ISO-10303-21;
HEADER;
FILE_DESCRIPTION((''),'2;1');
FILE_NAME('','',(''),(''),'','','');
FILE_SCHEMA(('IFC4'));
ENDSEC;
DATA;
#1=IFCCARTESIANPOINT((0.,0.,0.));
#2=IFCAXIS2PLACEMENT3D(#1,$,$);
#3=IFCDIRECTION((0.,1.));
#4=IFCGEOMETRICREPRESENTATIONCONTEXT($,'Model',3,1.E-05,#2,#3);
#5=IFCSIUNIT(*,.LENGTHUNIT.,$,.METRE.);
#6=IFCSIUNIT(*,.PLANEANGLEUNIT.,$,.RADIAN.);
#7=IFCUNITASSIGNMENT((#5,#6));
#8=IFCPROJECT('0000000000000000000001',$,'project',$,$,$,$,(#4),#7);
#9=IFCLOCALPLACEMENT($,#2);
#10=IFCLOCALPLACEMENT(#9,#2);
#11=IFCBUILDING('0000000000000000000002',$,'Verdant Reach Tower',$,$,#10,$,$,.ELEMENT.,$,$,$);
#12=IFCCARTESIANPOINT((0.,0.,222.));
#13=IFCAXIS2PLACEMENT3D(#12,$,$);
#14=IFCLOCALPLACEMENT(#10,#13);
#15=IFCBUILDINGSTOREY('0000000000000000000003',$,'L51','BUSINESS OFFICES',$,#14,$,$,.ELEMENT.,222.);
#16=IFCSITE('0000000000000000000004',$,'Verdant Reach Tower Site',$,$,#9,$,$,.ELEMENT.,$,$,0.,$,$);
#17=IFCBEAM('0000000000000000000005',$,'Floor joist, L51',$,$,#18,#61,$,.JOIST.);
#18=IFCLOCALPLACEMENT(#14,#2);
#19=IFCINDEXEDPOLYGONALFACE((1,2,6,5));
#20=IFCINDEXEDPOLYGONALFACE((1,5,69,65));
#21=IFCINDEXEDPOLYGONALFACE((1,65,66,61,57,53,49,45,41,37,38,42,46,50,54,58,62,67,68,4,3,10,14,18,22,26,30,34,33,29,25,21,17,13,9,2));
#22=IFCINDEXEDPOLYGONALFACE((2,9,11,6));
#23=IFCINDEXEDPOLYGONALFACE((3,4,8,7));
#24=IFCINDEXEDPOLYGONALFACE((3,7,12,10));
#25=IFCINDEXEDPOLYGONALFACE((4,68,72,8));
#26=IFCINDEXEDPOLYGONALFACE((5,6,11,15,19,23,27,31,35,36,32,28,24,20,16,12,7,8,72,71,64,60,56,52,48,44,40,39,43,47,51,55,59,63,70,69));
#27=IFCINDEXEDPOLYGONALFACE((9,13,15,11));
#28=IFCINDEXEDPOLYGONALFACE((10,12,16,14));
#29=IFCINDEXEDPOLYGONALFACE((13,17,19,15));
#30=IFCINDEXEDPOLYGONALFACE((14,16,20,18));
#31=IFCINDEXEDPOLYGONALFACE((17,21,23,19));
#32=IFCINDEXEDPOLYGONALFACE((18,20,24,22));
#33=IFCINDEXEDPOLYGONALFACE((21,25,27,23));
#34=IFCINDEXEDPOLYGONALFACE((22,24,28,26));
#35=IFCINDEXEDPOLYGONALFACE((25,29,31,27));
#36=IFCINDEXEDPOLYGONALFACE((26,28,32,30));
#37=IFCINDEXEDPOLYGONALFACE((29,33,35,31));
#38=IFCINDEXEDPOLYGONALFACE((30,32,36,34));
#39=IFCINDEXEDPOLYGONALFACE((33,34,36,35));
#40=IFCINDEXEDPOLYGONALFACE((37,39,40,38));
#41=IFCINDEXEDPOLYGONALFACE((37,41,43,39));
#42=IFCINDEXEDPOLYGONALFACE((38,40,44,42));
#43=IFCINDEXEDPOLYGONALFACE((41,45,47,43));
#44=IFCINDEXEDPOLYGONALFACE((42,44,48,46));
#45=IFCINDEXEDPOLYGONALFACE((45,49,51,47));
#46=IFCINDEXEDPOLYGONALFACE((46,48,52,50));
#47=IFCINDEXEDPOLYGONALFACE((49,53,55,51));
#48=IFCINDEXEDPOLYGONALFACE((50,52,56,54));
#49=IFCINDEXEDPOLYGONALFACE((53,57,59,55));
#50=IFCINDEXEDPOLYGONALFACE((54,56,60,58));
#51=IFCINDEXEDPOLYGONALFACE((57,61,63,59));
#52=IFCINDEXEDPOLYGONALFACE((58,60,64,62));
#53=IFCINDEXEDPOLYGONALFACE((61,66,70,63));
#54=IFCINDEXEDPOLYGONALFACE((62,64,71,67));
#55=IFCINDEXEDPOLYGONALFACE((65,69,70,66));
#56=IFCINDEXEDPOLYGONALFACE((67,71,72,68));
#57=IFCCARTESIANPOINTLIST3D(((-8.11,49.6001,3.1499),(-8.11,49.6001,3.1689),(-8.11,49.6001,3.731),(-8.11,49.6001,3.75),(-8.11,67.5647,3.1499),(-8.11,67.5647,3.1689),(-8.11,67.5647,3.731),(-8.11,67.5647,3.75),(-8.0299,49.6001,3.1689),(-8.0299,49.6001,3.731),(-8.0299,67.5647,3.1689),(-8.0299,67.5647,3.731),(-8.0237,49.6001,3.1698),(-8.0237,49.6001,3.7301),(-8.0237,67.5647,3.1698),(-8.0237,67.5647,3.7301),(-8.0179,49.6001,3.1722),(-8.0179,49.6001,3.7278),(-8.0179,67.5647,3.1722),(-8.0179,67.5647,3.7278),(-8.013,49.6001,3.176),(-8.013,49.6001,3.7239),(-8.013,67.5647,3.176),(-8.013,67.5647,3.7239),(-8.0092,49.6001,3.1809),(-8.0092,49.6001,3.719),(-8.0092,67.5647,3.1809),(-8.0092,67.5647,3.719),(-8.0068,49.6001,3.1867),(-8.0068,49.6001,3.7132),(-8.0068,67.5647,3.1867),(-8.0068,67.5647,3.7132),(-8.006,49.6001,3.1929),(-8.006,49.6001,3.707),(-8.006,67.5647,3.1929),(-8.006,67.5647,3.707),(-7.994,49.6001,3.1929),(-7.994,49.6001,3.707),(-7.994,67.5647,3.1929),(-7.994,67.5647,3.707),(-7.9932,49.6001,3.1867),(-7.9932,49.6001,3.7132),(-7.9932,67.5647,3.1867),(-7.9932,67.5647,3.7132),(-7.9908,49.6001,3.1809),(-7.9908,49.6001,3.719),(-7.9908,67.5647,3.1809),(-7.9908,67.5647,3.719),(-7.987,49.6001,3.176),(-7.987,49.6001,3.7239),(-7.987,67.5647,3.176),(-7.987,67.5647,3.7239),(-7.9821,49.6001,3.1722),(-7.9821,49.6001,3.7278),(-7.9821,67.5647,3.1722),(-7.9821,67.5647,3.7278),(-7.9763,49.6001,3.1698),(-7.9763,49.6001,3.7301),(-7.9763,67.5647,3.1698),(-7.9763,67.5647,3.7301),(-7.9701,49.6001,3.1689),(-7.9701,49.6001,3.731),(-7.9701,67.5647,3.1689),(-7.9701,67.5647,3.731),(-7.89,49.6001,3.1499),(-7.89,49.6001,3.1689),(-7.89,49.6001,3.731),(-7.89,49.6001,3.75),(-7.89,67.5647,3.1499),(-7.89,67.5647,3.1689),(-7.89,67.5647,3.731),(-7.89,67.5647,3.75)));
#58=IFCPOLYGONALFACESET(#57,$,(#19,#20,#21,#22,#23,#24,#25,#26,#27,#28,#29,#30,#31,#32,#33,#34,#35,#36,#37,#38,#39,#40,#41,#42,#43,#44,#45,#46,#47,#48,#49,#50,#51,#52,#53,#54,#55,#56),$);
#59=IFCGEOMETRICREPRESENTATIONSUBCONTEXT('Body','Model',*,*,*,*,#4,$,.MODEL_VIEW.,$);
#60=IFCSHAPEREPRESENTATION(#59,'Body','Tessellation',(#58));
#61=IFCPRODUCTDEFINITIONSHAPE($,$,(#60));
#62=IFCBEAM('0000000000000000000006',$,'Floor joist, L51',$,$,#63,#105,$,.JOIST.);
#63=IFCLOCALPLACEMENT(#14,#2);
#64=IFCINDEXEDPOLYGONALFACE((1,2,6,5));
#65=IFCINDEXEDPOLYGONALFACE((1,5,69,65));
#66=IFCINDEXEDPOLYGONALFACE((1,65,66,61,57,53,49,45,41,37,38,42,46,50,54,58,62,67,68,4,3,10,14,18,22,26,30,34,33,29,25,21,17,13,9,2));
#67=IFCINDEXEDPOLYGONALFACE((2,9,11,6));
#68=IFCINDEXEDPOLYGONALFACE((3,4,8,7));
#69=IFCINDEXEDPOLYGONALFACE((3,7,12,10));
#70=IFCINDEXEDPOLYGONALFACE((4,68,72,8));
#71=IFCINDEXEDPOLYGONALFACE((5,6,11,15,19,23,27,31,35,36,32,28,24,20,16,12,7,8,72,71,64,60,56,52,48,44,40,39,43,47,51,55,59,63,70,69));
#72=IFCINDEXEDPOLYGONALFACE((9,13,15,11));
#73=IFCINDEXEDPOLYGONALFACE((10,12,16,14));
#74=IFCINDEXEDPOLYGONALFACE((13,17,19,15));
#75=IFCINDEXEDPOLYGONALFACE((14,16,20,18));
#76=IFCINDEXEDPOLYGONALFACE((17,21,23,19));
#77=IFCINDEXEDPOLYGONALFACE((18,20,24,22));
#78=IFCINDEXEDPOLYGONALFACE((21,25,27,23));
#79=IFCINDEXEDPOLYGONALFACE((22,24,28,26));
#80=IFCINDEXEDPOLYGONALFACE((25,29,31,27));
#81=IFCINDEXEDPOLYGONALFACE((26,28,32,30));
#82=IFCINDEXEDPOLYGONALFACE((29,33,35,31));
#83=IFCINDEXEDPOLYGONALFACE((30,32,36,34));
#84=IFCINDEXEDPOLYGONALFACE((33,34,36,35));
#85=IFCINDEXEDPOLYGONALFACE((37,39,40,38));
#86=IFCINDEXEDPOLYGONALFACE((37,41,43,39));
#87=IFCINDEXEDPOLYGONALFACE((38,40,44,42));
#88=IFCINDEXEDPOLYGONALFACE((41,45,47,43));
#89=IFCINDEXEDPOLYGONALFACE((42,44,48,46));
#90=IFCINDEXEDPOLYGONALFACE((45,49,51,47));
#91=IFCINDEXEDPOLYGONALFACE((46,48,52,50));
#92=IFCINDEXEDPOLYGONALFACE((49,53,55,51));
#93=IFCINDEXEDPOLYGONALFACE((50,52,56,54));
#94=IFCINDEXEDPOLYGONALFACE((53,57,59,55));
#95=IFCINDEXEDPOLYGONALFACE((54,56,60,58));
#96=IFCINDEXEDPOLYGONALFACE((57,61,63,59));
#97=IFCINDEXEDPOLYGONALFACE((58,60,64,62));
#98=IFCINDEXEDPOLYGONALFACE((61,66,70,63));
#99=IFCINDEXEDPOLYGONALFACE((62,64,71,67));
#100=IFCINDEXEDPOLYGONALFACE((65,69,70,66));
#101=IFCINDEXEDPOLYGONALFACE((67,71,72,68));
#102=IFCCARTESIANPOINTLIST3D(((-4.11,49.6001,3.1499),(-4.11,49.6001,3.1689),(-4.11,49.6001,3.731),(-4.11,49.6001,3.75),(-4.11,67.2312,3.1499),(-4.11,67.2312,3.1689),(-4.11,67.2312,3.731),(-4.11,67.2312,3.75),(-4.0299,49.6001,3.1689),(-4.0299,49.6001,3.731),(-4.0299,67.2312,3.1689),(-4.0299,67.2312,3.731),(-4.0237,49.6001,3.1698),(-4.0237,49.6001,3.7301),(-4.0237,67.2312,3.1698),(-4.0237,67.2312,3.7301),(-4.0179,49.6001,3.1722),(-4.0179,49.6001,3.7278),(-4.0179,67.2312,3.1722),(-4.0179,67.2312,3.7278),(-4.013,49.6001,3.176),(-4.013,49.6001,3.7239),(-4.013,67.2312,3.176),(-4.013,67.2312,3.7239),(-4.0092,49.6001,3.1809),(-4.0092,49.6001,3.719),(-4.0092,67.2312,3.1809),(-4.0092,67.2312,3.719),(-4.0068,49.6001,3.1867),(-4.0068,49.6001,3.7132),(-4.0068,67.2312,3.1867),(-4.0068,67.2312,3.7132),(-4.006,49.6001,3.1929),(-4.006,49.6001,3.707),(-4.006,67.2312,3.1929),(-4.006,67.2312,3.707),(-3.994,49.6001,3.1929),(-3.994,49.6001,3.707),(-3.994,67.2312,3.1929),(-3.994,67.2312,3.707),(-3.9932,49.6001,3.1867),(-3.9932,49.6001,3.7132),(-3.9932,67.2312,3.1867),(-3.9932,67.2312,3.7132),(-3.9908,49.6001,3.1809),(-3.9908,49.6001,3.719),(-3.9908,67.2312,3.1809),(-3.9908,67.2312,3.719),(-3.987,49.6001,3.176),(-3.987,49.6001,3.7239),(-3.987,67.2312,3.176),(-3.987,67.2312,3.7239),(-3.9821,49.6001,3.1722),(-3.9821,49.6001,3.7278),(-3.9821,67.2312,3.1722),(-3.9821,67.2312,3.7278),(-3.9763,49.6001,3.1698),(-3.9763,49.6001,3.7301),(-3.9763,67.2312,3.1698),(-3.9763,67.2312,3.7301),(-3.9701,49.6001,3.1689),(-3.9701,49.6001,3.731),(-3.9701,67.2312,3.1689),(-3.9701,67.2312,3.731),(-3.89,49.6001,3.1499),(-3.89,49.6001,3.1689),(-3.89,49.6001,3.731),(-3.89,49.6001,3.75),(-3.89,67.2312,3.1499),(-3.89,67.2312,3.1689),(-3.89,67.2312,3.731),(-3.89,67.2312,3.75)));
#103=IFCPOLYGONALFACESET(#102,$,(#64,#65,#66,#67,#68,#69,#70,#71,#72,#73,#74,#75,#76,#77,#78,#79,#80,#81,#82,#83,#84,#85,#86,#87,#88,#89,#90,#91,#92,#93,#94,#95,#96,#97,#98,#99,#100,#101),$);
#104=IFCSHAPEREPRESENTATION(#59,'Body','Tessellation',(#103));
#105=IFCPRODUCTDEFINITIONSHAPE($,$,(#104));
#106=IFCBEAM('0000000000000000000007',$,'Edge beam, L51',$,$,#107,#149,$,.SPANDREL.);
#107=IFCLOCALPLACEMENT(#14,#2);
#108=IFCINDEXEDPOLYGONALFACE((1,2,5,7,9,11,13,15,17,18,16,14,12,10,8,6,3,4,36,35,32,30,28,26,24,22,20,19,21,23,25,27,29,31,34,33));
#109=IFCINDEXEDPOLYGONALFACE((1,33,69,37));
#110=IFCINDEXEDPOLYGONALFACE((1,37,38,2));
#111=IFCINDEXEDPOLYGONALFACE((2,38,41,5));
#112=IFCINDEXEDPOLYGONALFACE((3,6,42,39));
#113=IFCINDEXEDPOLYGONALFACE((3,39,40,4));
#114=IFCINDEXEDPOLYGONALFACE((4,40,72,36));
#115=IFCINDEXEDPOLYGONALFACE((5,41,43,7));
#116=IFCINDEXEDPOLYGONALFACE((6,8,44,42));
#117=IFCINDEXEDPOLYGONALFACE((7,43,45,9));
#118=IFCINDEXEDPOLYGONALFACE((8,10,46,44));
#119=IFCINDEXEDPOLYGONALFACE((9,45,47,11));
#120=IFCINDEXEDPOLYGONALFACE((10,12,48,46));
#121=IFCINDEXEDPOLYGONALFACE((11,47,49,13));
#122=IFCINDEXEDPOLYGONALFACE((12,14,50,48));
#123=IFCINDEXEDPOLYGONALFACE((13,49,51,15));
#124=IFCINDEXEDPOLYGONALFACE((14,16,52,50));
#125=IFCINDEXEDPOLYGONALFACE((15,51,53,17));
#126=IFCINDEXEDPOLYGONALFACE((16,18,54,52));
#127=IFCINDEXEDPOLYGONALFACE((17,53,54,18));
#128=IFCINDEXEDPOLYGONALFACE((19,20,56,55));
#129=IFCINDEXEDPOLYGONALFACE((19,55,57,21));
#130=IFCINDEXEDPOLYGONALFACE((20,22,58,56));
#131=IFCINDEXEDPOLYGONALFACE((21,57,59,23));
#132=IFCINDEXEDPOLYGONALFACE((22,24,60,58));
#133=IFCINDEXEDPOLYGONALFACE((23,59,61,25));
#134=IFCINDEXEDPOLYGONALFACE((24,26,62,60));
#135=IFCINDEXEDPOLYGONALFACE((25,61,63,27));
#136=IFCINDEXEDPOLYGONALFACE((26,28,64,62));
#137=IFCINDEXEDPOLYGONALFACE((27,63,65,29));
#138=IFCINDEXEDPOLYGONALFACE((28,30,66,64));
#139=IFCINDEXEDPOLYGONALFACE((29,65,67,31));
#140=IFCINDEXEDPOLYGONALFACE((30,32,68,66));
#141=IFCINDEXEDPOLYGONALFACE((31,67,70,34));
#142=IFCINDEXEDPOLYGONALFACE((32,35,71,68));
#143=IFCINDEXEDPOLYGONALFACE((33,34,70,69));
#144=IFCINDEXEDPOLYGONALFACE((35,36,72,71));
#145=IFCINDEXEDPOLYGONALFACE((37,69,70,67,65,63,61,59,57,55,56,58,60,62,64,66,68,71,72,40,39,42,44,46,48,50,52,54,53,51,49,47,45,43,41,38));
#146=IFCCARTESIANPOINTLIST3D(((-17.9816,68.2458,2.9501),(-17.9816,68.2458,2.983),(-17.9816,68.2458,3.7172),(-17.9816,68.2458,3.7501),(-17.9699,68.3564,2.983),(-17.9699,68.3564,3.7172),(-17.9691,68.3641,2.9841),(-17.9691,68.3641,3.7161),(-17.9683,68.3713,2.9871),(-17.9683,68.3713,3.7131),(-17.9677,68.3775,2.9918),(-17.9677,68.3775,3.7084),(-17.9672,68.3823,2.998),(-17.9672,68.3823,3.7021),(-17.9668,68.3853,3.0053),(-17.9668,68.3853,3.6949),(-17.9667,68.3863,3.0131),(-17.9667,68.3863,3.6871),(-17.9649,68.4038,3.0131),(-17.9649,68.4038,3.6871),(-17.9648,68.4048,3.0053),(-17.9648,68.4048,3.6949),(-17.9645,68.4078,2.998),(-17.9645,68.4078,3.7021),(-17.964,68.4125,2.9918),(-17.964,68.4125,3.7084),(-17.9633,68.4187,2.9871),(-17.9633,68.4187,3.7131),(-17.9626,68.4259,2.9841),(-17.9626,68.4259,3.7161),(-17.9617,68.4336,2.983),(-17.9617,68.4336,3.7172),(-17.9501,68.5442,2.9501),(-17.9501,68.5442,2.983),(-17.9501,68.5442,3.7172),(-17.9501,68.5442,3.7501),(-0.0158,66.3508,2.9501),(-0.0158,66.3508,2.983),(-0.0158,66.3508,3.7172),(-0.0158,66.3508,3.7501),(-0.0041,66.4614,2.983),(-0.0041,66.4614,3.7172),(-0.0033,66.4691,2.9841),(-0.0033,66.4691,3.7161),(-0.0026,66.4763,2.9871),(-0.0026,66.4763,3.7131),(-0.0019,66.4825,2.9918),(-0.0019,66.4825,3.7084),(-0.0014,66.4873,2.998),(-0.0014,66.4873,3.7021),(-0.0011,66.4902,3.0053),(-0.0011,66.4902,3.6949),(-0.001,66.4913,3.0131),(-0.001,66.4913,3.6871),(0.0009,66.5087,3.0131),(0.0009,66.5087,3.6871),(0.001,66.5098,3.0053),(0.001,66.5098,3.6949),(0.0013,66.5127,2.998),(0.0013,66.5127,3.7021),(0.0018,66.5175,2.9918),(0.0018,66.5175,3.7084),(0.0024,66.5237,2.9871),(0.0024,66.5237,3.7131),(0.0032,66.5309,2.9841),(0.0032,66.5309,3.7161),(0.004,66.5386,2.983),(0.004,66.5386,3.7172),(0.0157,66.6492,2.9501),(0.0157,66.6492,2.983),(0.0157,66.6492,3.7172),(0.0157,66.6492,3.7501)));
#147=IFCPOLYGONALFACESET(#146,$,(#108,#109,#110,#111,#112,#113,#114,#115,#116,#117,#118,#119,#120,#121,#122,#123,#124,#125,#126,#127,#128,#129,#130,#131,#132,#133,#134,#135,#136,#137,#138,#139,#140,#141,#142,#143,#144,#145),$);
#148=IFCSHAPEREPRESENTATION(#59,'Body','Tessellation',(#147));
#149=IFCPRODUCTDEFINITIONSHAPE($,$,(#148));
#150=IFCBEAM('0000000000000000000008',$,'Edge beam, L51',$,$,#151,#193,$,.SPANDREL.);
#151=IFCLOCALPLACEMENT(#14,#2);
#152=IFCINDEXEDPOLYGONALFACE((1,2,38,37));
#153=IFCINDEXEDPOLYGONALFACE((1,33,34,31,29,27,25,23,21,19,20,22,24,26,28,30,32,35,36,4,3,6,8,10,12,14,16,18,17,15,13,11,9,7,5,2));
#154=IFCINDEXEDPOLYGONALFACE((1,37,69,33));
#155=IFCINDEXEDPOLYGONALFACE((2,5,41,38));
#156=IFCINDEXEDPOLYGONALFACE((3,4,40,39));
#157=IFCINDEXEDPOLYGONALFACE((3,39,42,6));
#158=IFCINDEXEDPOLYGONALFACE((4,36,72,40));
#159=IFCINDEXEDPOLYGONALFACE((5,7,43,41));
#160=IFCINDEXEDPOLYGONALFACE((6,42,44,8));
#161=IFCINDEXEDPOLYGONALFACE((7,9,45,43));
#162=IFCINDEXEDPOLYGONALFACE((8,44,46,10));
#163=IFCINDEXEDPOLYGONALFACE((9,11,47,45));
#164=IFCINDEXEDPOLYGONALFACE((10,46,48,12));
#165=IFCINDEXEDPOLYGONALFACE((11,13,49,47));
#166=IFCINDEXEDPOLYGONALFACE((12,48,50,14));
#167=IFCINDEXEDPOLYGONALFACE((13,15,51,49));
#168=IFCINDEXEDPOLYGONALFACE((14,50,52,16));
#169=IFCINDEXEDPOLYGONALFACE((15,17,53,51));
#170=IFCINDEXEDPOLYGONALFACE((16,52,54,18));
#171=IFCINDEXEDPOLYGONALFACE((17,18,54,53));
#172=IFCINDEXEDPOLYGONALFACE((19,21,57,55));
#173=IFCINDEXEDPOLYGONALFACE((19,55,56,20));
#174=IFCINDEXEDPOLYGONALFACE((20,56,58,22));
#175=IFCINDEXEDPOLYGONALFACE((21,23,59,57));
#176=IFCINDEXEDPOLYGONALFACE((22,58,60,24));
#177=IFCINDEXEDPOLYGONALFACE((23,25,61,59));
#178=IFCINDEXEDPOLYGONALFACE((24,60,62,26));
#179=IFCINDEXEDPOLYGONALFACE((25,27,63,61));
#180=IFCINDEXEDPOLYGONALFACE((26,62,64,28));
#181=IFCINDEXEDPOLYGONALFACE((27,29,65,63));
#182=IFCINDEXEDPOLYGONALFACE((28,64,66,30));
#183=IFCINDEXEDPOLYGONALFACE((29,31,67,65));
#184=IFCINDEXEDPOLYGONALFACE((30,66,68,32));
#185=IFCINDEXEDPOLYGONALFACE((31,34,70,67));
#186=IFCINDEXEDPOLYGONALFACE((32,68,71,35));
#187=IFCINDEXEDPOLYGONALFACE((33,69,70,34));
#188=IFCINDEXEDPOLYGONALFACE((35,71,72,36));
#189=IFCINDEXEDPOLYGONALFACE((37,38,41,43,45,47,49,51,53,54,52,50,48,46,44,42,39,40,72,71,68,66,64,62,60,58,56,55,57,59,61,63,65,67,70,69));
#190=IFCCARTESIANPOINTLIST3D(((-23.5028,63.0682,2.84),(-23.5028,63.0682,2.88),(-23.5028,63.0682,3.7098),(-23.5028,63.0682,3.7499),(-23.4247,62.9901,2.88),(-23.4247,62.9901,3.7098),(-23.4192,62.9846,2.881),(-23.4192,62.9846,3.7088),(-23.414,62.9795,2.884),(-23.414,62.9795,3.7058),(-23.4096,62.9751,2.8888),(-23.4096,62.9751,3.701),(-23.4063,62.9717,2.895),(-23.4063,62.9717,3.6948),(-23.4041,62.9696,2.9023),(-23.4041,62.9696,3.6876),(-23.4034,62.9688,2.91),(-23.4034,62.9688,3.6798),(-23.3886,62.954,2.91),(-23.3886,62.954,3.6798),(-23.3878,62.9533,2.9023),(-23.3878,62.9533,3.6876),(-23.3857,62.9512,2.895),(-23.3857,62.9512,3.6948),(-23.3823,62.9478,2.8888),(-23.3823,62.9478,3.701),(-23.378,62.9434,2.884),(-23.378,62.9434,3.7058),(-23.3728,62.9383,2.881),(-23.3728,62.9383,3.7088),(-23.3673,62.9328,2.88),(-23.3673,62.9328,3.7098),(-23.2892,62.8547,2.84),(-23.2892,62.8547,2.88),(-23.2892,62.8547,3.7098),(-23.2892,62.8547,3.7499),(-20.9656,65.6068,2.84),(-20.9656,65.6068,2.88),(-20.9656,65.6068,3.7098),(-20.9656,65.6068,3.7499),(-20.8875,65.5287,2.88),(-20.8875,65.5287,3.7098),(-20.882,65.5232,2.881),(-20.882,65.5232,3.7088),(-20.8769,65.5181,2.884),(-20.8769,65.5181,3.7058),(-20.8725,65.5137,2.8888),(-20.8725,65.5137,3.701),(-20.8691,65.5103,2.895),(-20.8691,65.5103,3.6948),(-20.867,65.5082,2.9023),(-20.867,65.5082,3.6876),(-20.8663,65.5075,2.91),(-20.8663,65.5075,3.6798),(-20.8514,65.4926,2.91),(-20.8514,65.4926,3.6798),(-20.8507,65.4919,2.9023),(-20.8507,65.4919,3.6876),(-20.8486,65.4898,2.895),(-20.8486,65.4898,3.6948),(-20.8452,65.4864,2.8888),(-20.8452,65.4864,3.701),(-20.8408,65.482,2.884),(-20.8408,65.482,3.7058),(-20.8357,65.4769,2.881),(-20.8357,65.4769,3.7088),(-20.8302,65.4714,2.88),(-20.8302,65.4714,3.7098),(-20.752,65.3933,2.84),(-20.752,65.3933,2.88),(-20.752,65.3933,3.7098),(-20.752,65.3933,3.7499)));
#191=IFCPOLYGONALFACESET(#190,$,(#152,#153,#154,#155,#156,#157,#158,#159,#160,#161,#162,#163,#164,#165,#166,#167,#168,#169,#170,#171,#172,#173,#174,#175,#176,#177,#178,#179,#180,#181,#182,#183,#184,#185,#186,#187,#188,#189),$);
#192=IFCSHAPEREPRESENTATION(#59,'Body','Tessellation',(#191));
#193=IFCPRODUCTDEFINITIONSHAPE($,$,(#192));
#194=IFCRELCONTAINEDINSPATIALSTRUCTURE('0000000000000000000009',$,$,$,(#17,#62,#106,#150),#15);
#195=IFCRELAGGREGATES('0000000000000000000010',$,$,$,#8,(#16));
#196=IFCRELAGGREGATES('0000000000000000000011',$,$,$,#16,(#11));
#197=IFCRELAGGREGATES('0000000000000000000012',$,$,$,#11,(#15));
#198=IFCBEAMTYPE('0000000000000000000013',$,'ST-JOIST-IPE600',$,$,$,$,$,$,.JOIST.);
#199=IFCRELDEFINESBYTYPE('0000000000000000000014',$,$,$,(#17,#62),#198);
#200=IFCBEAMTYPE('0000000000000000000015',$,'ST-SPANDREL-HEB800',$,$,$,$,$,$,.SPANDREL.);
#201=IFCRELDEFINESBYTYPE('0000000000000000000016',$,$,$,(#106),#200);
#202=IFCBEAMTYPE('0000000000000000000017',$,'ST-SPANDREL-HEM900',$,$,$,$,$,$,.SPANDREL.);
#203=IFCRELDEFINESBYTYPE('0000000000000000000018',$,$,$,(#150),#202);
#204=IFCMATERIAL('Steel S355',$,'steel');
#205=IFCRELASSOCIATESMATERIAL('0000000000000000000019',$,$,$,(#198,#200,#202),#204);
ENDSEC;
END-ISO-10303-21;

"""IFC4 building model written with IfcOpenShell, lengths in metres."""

from ifc_helpers import new_model, si_unit, direction, frame, origin, origin_2d, place, context, subcontext, project, spatial, i_section, extrude, material, material_profile, profile_set, type_object, element, save


model = new_model("IFC4")

# Units and contexts
model_context = context("Model", 3, precision=1e-05, world=origin(), true_north=direction((0.0, 1.0)))
body_context = subcontext(model_context, "Body", "Model", "MODEL_VIEW")
ifc_project = project(units=[si_unit("LENGTHUNIT", "METRE"), si_unit("PLANEANGLEUNIT", "RADIAN")], contexts=[model_context])

# Site, building, storey
site_placement = place(None, origin())
site = spatial("IfcSite", under=ifc_project, at=site_placement, Name="Verdant Reach Tower Site", CompositionType="ELEMENT", RefElevation=0.0)
building_placement = place(site_placement, origin())
building = spatial("IfcBuilding", under=site, at=building_placement, Name="Verdant Reach Tower", CompositionType="ELEMENT")
storey_placement = place(building_placement, frame((0.0, 0.0, 222.0)))
storey = spatial("IfcBuildingStorey", under=building, at=storey_placement, Name="L51", Description="BUSINESS OFFICES", CompositionType="ELEMENT", Elevation=222.0)

# Beams
ifc_material_1 = material(Name="Steel S355", Category="steel")
ifc_material_profile_1 = material_profile(ifc_material_1, i_section(OverallWidth=0.22, OverallDepth=0.6001, WebThickness=0.012, FlangeThickness=0.019, FilletRadius=0.0239, at=origin_2d()), Name="IPE 600")
ifc_profile_set_1 = profile_set([ifc_material_profile_1], Name="Steel S355")
beam_type_1 = type_object("IfcBeamType", Name="ST-JOIST-IPE600", PredefinedType="JOIST", material=ifc_profile_set_1)
beam_1_placement = place(storey_placement, frame((-8.0, 49.6001, 3.45), z_axis=(0.0, 1.0, 0.0), x_axis=(-1.0, 0.0, 0.0)))
element("IfcBeam", 1, at=beam_1_placement, inside=storey, type_object=beam_type_1, Name="Floor joist, L51", PredefinedType="JOIST", context=body_context, shape_type="SweptSolid", body=[
    extrude(i_section(OverallWidth=0.22, OverallDepth=0.6001, WebThickness=0.012, FlangeThickness=0.019, FilletRadius=0.0239, at=origin_2d()), origin(), (0.0, 0.0, 1.0), 17.9646),
])
beam_2_placement = place(storey_placement, frame((-4.0, 49.6001, 3.45), z_axis=(0.0, 1.0, 0.0), x_axis=(-1.0, 0.0, 0.0)))
element("IfcBeam", 2, at=beam_2_placement, inside=storey, type_object=beam_type_1, Name="Floor joist, L51", PredefinedType="JOIST", context=body_context, shape_type="SweptSolid", body=[
    extrude(i_section(OverallWidth=0.22, OverallDepth=0.6001, WebThickness=0.012, FlangeThickness=0.019, FilletRadius=0.0239, at=origin_2d()), origin(), (0.0, 0.0, 1.0), 17.6311),
])
ifc_material_profile_2 = material_profile(ifc_material_1, i_section(OverallWidth=0.3, OverallDepth=0.8, WebThickness=0.0176, FlangeThickness=0.033, FilletRadius=0.03, at=origin_2d()), Name="HEB 800")
ifc_profile_set_2 = profile_set([ifc_material_profile_2], Name="Steel S355")
beam_type_2 = type_object("IfcBeamType", Name="ST-SPANDREL-HEB800", PredefinedType="SPANDREL", material=ifc_profile_set_2)
beam_3_placement = place(storey_placement, frame((-17.9658, 68.395, 3.3501), z_axis=(0.994483, -0.104897, 0.0), x_axis=(0.104897, 0.994483, 0.0)))
element("IfcBeam", 3, at=beam_3_placement, inside=storey, type_object=beam_type_2, Name="Edge beam, L51", PredefinedType="SPANDREL", context=body_context, shape_type="SweptSolid", body=[
    extrude(i_section(OverallWidth=0.3, OverallDepth=0.8, WebThickness=0.0176, FlangeThickness=0.033, FilletRadius=0.03, at=origin_2d()), origin(), (0.0, 0.0, 1.0), 18.0654),
])
ifc_material_profile_3 = material_profile(ifc_material_1, i_section(OverallWidth=0.302, OverallDepth=0.9099, WebThickness=0.021, FlangeThickness=0.04, FilletRadius=0.03, at=origin_2d()), Name="HEM 900")
ifc_profile_set_3 = profile_set([ifc_material_profile_3], Name="Steel S355")
beam_type_3 = type_object("IfcBeamType", Name="ST-SPANDREL-HEM900", PredefinedType="SPANDREL", material=ifc_profile_set_3)
beam_4_placement = place(storey_placement, frame((-23.396, 62.9614, 3.2949), z_axis=(0.706903, 0.707311, 0.0), x_axis=(-0.707311, 0.706903, 0.0)))
element("IfcBeam", 4, at=beam_4_placement, inside=storey, type_object=beam_type_3, Name="Edge beam, L51", PredefinedType="SPANDREL", context=body_context, shape_type="SweptSolid", body=[
    extrude(i_section(OverallWidth=0.302, OverallDepth=0.9099, WebThickness=0.021, FlangeThickness=0.04, FilletRadius=0.03, at=origin_2d()), origin(), (0.0, 0.0, 1.0), 3.5891),
])

save(model, "model.ifc")
